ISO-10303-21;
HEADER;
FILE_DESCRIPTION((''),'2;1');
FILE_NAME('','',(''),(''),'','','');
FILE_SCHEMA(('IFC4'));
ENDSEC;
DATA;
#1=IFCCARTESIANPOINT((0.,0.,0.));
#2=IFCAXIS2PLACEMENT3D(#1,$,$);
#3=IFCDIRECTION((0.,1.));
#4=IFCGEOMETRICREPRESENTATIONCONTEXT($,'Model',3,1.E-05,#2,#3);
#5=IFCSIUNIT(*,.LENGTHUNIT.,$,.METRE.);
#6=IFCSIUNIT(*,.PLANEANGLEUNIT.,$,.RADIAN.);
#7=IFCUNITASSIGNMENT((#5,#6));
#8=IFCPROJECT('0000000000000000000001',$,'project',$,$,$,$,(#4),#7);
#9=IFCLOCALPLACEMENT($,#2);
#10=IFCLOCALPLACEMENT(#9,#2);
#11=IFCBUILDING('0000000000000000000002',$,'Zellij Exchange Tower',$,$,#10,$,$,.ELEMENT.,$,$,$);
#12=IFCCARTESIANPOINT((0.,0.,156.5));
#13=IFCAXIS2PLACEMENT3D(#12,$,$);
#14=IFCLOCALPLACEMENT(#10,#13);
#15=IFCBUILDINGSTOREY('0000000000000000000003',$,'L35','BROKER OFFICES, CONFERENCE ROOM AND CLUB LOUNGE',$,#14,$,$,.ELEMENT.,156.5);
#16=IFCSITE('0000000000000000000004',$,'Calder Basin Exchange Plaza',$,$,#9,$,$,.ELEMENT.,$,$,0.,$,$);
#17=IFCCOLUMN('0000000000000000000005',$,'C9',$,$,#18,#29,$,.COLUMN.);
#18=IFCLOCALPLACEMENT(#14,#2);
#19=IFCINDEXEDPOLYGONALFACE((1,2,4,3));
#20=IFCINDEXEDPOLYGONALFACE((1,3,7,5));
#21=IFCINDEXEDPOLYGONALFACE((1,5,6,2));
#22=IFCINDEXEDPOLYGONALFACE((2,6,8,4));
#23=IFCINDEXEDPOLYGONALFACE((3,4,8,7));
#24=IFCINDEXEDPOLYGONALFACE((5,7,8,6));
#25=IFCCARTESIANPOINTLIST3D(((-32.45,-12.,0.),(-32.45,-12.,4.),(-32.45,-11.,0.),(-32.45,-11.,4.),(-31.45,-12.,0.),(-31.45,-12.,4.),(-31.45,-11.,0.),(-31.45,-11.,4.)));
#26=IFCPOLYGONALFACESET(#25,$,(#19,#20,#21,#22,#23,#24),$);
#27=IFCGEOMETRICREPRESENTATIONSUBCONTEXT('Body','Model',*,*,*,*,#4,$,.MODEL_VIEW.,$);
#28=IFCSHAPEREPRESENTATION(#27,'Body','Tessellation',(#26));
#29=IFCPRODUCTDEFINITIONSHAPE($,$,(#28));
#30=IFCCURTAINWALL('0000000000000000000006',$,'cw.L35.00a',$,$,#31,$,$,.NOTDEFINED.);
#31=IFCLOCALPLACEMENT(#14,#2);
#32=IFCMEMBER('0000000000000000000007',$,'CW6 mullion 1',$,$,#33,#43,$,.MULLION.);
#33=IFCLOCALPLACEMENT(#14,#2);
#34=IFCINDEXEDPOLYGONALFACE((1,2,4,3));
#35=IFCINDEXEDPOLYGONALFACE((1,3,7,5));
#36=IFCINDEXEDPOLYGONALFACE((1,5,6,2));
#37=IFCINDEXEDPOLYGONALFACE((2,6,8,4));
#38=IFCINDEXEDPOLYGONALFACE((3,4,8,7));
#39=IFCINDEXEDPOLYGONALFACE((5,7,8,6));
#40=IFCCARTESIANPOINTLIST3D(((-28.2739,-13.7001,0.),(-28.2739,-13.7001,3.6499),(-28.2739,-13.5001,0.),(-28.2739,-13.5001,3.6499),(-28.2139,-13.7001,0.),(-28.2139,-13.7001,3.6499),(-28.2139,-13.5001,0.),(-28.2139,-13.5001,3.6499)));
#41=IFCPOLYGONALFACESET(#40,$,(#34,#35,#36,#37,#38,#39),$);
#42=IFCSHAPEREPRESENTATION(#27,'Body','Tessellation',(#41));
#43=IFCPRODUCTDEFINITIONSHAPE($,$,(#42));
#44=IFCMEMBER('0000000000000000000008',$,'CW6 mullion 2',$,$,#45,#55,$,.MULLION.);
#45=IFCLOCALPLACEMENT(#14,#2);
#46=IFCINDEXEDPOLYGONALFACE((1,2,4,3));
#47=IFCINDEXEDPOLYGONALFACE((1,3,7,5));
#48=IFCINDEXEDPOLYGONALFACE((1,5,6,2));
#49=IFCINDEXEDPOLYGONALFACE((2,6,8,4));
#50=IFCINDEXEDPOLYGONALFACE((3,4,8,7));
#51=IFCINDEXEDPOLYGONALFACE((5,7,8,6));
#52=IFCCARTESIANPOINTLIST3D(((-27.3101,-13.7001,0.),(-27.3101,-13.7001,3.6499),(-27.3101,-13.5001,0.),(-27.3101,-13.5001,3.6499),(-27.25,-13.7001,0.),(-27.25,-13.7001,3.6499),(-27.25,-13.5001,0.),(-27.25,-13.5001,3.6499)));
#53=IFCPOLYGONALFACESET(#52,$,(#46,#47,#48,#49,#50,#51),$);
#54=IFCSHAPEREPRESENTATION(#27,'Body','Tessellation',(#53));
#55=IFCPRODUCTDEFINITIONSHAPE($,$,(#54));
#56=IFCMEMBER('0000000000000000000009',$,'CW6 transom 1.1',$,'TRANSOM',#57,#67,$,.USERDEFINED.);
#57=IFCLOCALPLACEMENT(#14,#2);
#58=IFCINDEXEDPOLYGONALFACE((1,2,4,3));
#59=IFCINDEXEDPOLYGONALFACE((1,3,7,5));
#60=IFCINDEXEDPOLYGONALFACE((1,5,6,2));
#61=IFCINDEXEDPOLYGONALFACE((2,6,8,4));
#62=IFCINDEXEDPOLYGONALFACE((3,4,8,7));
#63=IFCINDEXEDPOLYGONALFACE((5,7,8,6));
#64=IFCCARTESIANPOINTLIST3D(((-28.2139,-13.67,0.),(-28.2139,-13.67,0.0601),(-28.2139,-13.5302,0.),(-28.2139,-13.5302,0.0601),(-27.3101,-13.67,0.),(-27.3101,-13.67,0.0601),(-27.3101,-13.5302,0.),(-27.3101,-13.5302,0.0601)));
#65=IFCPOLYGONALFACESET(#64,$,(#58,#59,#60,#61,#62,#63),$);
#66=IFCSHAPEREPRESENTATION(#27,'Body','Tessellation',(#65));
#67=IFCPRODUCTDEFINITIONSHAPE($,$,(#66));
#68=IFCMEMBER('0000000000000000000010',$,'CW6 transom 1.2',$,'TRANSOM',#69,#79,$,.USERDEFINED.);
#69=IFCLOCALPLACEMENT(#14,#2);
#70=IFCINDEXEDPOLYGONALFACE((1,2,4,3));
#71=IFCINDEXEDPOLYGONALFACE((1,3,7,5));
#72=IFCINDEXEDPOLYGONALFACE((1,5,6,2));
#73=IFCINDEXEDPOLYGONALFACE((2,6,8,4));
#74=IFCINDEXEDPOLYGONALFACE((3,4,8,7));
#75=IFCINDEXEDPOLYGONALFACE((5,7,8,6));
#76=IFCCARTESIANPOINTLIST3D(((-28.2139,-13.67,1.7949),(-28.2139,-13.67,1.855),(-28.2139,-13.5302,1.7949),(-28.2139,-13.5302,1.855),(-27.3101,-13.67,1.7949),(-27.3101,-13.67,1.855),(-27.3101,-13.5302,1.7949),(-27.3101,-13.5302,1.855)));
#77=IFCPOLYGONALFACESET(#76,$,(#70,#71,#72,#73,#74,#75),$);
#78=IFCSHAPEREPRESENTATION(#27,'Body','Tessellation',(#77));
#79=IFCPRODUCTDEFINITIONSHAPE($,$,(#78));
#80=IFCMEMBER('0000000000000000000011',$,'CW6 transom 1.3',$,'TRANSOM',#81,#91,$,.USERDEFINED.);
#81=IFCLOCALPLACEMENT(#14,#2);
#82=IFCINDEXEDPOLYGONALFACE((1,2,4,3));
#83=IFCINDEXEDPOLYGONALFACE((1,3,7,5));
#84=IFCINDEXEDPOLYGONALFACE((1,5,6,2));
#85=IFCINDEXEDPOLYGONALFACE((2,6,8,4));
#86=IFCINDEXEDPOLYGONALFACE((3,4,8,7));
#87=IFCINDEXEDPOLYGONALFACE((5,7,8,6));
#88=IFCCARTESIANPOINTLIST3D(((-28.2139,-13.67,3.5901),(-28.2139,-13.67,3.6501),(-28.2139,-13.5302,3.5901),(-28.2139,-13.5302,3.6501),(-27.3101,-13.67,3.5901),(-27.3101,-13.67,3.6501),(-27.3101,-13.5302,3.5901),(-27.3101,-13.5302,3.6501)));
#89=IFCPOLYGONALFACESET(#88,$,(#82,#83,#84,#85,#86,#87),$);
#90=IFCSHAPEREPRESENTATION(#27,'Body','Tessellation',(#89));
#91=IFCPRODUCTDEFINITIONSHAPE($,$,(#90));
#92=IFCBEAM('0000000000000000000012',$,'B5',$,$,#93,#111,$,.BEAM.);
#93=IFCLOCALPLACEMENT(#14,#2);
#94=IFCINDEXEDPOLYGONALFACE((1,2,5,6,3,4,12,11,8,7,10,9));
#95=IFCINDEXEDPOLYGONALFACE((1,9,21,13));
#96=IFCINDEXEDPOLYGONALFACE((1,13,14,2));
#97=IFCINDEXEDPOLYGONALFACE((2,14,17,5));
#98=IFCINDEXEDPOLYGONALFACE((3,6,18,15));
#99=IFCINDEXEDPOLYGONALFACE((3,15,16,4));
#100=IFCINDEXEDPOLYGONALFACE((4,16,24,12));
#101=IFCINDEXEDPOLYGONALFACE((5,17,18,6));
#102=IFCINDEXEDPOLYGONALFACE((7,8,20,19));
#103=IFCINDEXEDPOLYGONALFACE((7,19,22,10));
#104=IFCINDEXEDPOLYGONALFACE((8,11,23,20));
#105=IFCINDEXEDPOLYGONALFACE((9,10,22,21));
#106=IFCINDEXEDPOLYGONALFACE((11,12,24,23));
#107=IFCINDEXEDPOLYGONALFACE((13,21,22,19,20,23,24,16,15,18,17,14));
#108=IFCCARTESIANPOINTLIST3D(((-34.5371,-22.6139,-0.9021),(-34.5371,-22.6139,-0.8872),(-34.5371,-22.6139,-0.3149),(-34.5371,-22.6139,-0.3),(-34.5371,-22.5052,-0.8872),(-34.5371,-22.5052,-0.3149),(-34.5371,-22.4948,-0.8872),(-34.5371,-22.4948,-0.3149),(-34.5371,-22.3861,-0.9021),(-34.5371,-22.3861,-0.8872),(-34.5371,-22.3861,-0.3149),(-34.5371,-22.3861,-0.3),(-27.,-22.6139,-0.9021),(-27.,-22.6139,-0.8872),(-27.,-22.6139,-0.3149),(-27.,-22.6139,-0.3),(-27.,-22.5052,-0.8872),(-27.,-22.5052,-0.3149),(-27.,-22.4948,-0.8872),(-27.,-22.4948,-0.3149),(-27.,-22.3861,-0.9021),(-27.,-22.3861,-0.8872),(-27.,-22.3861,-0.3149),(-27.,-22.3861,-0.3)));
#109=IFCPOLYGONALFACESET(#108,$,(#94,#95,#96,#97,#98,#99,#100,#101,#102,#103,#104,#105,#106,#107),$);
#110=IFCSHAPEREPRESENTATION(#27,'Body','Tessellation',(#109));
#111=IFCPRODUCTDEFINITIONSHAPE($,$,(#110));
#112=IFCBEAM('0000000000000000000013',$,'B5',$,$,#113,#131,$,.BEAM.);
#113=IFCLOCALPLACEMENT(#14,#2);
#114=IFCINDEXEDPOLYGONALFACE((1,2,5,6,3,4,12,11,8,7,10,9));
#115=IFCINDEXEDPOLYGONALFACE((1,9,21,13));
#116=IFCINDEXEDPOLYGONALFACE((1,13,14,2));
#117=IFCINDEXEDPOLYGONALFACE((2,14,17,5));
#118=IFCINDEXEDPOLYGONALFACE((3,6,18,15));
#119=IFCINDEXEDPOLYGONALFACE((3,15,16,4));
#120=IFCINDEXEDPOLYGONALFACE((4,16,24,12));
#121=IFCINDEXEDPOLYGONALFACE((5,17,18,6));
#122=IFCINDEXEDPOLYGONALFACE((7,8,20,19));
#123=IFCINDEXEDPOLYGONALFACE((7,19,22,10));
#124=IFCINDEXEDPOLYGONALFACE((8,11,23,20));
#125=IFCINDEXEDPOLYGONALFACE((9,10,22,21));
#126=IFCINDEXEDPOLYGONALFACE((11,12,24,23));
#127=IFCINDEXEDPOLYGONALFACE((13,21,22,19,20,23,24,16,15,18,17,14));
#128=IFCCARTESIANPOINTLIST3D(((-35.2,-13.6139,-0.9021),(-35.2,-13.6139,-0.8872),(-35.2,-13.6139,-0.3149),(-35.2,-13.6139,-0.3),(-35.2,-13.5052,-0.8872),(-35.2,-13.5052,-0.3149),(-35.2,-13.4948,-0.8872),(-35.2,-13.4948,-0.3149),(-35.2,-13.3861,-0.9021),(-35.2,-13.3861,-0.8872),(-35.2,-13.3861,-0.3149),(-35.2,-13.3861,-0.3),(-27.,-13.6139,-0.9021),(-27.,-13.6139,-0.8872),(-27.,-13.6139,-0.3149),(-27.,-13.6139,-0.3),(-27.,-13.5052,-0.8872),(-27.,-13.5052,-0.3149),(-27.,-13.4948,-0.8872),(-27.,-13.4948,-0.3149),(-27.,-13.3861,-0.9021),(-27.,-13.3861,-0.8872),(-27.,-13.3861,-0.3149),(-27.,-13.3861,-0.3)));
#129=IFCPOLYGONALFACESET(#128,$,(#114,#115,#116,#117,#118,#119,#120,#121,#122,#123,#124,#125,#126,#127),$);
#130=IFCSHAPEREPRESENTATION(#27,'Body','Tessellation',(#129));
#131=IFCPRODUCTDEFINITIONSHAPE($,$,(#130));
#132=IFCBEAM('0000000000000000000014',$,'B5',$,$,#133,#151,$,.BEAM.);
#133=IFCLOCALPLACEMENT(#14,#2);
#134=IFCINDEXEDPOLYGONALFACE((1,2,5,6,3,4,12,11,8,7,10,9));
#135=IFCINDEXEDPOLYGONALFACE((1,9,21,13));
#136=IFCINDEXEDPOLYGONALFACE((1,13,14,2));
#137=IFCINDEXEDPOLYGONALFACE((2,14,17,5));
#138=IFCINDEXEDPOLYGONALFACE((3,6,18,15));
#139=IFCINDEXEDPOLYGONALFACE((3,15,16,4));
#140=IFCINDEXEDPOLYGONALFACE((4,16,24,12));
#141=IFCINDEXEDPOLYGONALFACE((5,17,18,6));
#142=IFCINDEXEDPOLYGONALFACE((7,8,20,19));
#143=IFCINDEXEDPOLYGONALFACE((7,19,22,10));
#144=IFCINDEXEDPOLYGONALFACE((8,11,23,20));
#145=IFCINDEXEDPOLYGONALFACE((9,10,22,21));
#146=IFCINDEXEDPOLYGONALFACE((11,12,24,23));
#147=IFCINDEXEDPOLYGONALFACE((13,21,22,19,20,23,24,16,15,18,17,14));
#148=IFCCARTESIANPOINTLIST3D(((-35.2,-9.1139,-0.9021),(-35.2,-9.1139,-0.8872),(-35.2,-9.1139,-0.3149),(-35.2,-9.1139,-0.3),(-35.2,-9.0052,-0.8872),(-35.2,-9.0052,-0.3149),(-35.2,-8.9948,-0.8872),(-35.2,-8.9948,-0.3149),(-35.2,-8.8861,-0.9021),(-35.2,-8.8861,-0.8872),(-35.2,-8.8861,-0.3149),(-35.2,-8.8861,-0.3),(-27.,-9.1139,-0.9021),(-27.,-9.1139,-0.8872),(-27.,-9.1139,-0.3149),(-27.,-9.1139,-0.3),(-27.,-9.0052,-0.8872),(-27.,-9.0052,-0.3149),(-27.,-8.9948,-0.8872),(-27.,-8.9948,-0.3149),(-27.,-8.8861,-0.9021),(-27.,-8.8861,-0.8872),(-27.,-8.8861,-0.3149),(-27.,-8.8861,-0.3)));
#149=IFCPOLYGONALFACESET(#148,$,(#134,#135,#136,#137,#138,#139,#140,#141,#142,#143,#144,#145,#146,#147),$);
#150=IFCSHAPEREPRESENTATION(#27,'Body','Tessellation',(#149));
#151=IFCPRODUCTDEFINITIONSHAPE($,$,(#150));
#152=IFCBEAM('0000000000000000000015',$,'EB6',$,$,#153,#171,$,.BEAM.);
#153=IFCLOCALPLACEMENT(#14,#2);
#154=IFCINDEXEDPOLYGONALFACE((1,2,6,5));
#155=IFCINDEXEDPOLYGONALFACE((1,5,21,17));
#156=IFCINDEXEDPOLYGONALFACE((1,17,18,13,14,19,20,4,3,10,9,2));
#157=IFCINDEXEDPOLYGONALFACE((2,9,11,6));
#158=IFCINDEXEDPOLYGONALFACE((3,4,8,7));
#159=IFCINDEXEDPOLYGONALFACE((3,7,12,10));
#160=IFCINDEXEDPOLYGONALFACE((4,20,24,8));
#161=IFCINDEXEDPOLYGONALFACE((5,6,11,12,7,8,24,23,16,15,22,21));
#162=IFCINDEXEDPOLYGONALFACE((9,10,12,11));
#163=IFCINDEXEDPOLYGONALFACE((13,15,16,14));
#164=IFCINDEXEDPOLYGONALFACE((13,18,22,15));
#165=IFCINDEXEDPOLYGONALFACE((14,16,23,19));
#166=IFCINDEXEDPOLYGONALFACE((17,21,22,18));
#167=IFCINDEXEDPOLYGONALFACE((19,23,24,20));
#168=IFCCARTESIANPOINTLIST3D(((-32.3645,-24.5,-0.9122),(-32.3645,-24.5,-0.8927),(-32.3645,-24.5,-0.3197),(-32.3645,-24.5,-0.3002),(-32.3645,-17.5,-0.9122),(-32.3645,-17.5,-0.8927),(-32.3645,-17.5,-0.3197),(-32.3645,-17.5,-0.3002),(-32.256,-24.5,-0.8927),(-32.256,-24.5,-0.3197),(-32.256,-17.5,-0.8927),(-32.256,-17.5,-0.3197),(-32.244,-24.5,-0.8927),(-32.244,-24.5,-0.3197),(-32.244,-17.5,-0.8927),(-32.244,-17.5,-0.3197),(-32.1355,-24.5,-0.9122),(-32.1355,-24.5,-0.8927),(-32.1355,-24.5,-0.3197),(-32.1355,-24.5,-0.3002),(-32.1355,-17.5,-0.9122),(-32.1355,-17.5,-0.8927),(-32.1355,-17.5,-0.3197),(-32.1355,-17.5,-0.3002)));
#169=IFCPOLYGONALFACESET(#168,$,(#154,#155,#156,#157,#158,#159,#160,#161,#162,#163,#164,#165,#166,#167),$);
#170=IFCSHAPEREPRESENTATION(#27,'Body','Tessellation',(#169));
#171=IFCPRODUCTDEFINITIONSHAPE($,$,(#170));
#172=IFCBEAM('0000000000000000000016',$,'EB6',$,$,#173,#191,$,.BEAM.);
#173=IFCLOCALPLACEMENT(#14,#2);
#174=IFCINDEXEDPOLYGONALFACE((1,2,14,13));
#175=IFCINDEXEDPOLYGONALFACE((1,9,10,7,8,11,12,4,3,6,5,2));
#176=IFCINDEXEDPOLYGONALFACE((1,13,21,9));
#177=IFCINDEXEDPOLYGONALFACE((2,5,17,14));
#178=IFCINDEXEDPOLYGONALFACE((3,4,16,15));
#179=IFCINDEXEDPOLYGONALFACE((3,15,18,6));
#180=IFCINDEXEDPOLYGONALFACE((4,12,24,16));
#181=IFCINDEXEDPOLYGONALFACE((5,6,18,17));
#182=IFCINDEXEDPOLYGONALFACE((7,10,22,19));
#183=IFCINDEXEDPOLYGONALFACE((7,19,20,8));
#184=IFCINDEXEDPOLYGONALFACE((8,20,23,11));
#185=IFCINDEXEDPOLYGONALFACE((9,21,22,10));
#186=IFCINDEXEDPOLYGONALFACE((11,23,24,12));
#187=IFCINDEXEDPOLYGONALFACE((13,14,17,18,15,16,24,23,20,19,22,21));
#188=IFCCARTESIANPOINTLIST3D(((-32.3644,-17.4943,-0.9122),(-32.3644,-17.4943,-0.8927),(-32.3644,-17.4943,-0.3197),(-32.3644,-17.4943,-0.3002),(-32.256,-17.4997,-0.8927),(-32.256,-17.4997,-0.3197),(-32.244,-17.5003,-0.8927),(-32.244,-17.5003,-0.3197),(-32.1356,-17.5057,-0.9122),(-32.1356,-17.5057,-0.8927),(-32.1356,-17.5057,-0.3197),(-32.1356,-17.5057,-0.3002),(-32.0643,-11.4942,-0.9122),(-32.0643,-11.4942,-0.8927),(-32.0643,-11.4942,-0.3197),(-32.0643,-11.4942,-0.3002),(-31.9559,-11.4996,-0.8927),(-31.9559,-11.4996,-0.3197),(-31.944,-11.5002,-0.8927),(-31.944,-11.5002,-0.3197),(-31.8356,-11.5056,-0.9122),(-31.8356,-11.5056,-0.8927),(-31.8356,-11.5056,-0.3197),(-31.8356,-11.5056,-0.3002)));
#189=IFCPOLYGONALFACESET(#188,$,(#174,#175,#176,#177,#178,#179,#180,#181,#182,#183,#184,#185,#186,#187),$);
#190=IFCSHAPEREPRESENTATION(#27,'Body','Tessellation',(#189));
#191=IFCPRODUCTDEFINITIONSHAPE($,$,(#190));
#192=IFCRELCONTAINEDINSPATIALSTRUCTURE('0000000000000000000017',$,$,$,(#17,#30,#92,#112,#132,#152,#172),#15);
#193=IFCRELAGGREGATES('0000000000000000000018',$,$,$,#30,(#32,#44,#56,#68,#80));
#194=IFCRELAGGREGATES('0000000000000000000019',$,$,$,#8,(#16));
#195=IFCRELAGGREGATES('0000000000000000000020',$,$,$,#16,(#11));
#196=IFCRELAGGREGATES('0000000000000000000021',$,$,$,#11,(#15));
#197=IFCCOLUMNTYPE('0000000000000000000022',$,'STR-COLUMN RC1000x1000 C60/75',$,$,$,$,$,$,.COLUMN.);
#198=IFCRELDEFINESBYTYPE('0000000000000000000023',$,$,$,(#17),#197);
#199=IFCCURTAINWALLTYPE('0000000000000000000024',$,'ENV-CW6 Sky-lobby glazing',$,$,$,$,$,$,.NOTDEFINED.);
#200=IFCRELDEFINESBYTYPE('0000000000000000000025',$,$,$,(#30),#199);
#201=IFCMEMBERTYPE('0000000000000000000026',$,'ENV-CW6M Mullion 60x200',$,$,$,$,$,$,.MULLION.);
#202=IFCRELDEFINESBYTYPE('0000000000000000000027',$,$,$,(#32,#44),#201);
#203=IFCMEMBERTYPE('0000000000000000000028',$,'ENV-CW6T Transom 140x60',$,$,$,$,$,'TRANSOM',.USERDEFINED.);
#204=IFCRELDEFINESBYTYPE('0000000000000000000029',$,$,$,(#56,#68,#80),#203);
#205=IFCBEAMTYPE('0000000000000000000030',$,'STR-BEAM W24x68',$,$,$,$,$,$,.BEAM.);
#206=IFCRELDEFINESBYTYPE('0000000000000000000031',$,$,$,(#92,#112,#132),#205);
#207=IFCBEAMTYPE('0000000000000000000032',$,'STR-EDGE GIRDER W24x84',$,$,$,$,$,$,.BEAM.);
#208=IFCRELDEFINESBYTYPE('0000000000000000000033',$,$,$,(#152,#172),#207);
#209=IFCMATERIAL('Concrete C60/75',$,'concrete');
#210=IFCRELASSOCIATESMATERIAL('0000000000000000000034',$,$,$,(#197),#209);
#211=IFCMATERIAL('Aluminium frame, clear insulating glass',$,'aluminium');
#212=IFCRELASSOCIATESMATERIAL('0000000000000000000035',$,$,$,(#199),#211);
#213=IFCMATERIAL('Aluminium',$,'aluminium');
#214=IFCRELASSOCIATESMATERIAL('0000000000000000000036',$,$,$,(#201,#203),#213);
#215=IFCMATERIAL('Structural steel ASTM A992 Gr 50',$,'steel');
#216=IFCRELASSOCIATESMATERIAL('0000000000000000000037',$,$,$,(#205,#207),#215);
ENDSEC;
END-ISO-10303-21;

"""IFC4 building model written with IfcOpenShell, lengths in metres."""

from ifc_helpers import new_model, si_unit, direction, frame, origin, origin_2d, place, context, subcontext, project, spatial, rectangle, i_section, extrude, material, material_profile, profile_set, type_object, element, aggregate, save


model = new_model("IFC4")

# Units and contexts
model_context = context("Model", 3, precision=1e-05, world=origin(), true_north=direction((0.0, 1.0)))
body_context = subcontext(model_context, "Body", "Model", "MODEL_VIEW")
ifc_project = project(units=[si_unit("LENGTHUNIT", "METRE"), si_unit("PLANEANGLEUNIT", "RADIAN")], contexts=[model_context])

# Site, building, storey
site_placement = place(None, origin())
site = spatial("IfcSite", under=ifc_project, at=site_placement, Name="Calder Basin Exchange Plaza", CompositionType="ELEMENT", RefElevation=0.0)
building_placement = place(site_placement, origin())
building = spatial("IfcBuilding", under=site, at=building_placement, Name="Zellij Exchange Tower", CompositionType="ELEMENT")
storey_placement = place(building_placement, frame((0.0, 0.0, 156.5)))
storey = spatial("IfcBuildingStorey", under=building, at=storey_placement, Name="L35", Description="BROKER OFFICES, CONFERENCE ROOM AND CLUB LOUNGE", CompositionType="ELEMENT", Elevation=156.5)

# Column
ifc_material_1 = material(Name="Concrete C60/75", Category="concrete")
ifc_material_profile_1 = material_profile(ifc_material_1, rectangle(XDim=1.0, YDim=1.0, at=origin_2d()), Name="STR-COLUMN RC1000x1000 C60/75")
ifc_profile_set_1 = profile_set([ifc_material_profile_1], Name="Concrete C60/75")
column_type = type_object("IfcColumnType", Name="STR-COLUMN RC1000x1000 C60/75", PredefinedType="COLUMN", material=ifc_profile_set_1)
column_placement = place(storey_placement, frame((-31.95, -11.5, 0.0), z_axis=(0.0, 0.0, 1.0), x_axis=(1.0, 0.0, 0.0)))
element("IfcColumn", 1, at=column_placement, inside=storey, type_object=column_type, Name="C9", PredefinedType="COLUMN", context=body_context, shape_type="SweptSolid", body=[
    extrude(rectangle(XDim=1.0, YDim=1.0, at=origin_2d()), origin(), (0.0, 0.0, 1.0), 4.0),
])

# Curtain wall, members
ifc_material_2 = material(Name="Aluminium frame, clear insulating glass", Category="aluminium")
curtain_wall_type = type_object("IfcCurtainWallType", Name="ENV-CW6 Sky-lobby glazing", PredefinedType="NOTDEFINED", material=ifc_material_2)
curtain_wall_placement = place(storey_placement, origin())
curtain_wall = element("IfcCurtainWall", 2, at=curtain_wall_placement, inside=storey, type_object=curtain_wall_type, Name="cw.L35.00a", PredefinedType="NOTDEFINED")
ifc_material_3 = material(Name="Aluminium", Category="aluminium")
ifc_material_profile_2 = material_profile(ifc_material_3, rectangle(XDim=0.0601, YDim=0.2, at=origin_2d()), Name="AL 60x200")
ifc_profile_set_2 = profile_set([ifc_material_profile_2], Name="Aluminium")
member_type_1 = type_object("IfcMemberType", Name="ENV-CW6M Mullion 60x200", PredefinedType="MULLION", material=ifc_profile_set_2)
member_1_placement = place(storey_placement, frame((-28.2439, -13.6001, 0.0), z_axis=(0.0, 0.0, 1.0), x_axis=(1.0, 0.0, 0.0)))
member_1 = element("IfcMember", 3, at=member_1_placement, type_object=member_type_1, Name="CW6 mullion 1", PredefinedType="MULLION", context=body_context, shape_type="SweptSolid", body=[
    extrude(rectangle(XDim=0.0601, YDim=0.2, at=origin_2d()), origin(), (0.0, 0.0, 1.0), 3.6499),
])
member_2_placement = place(storey_placement, frame((-27.28, -13.6001, 0.0), z_axis=(0.0, 0.0, 1.0), x_axis=(1.0, 0.0, 0.0)))
member_2 = element("IfcMember", 4, at=member_2_placement, type_object=member_type_1, Name="CW6 mullion 2", PredefinedType="MULLION", context=body_context, shape_type="SweptSolid", body=[
    extrude(rectangle(XDim=0.0601, YDim=0.2, at=origin_2d()), origin(), (0.0, 0.0, 1.0), 3.6499),
])
ifc_material_profile_3 = material_profile(ifc_material_3, rectangle(XDim=0.1399, YDim=0.0601, at=origin_2d()), Name="AL 140x60")
ifc_profile_set_3 = profile_set([ifc_material_profile_3], Name="Aluminium")
member_type_2 = type_object("IfcMemberType", Name="ENV-CW6T Transom 140x60", ElementType="TRANSOM", PredefinedType="USERDEFINED", material=ifc_profile_set_3)
member_3_placement = place(storey_placement, frame((-28.2139, -13.6001, 0.03), z_axis=(1.0, 0.0, 0.0), x_axis=(0.0, 1.0, 0.0)))
member_3 = element("IfcMember", 5, at=member_3_placement, type_object=member_type_2, Name="CW6 transom 1.1", ObjectType="TRANSOM", PredefinedType="USERDEFINED", context=body_context, shape_type="SweptSolid", body=[
    extrude(rectangle(XDim=0.1399, YDim=0.0601, at=origin_2d()), origin(), (0.0, 0.0, 1.0), 0.9038),
])
member_4_placement = place(storey_placement, frame((-28.2139, -13.6001, 1.825), z_axis=(1.0, 0.0, 0.0), x_axis=(0.0, 1.0, 0.0)))
member_4 = element("IfcMember", 6, at=member_4_placement, type_object=member_type_2, Name="CW6 transom 1.2", ObjectType="TRANSOM", PredefinedType="USERDEFINED", context=body_context, shape_type="SweptSolid", body=[
    extrude(rectangle(XDim=0.1399, YDim=0.0601, at=origin_2d()), origin(), (0.0, 0.0, 1.0), 0.9038),
])
member_5_placement = place(storey_placement, frame((-28.2139, -13.6001, 3.6201), z_axis=(1.0, 0.0, 0.0), x_axis=(0.0, 1.0, 0.0)))
member_5 = element("IfcMember", 7, at=member_5_placement, type_object=member_type_2, Name="CW6 transom 1.3", ObjectType="TRANSOM", PredefinedType="USERDEFINED", context=body_context, shape_type="SweptSolid", body=[
    extrude(rectangle(XDim=0.1399, YDim=0.0601, at=origin_2d()), origin(), (0.0, 0.0, 1.0), 0.9038),
])

# Beams
ifc_material_4 = material(Name="Structural steel ASTM A992 Gr 50", Category="steel")
ifc_material_profile_4 = material_profile(ifc_material_4, i_section(OverallWidth=0.2278, OverallDepth=0.6021, WebThickness=0.0105, FlangeThickness=0.0149, at=origin_2d()), Name="W24x68")
ifc_profile_set_4 = profile_set([ifc_material_profile_4], Name="Structural steel ASTM A992 Gr 50")
beam_type_1 = type_object("IfcBeamType", Name="STR-BEAM W24x68", PredefinedType="BEAM", material=ifc_profile_set_4)
beam_1_placement = place(storey_placement, frame((-34.5371, -22.5, -0.6011), z_axis=(1.0, 0.0, 0.0), x_axis=(0.0, 1.0, 0.0)))
element("IfcBeam", 8, at=beam_1_placement, inside=storey, type_object=beam_type_1, Name="B5", PredefinedType="BEAM", context=body_context, shape_type="SweptSolid", body=[
    extrude(i_section(OverallWidth=0.2278, OverallDepth=0.6021, WebThickness=0.0105, FlangeThickness=0.0149, at=origin_2d()), origin(), (0.0, 0.0, 1.0), 7.5371),
])
for number, where, z_axis, x_axis, name in (
    (9, (-35.2, -13.5, -0.6011), (1.0, 0.0, 0.0), (0.0, 1.0, 0.0), "B5"),
    (10, (-35.2, -9.0, -0.6011), (1.0, 0.0, 0.0), (0.0, 1.0, 0.0), "B5"),
):
    element("IfcBeam", number, at=place(storey_placement, frame(where, z_axis=z_axis, x_axis=x_axis)), inside=storey, type_object=beam_type_1, Name=name, PredefinedType="BEAM", context=body_context, shape_type="SweptSolid", body=[
        extrude(i_section(OverallWidth=0.2278, OverallDepth=0.6021, WebThickness=0.0105, FlangeThickness=0.0149, at=origin_2d()), origin(), (0.0, 0.0, 1.0), 8.2),
    ])
ifc_material_profile_5 = material_profile(ifc_material_4, i_section(OverallWidth=0.229, OverallDepth=0.6121, WebThickness=0.012, FlangeThickness=0.0195, at=origin_2d()), Name="W24x84")
ifc_profile_set_5 = profile_set([ifc_material_profile_5], Name="Structural steel ASTM A992 Gr 50")
beam_type_2 = type_object("IfcBeamType", Name="STR-EDGE GIRDER W24x84", PredefinedType="BEAM", material=ifc_profile_set_5)
beam_2_placement = place(storey_placement, frame((-32.25, -24.5, -0.6062), z_axis=(0.0, 1.0, 0.0), x_axis=(-1.0, 0.0, 0.0)))
element("IfcBeam", 11, at=beam_2_placement, inside=storey, type_object=beam_type_2, Name="EB6", PredefinedType="BEAM", context=body_context, shape_type="SweptSolid", body=[
    extrude(i_section(OverallWidth=0.229, OverallDepth=0.6121, WebThickness=0.012, FlangeThickness=0.0195, at=origin_2d()), origin(), (0.0, 0.0, 1.0), 7.0),
])
beam_3_placement = place(storey_placement, frame((-32.25, -17.5, -0.6062), z_axis=(0.049946, 0.998752, 0.0), x_axis=(-0.998752, 0.049946, 0.0)))
element("IfcBeam", 12, at=beam_3_placement, inside=storey, type_object=beam_type_2, Name="EB6", PredefinedType="BEAM", context=body_context, shape_type="SweptSolid", body=[
    extrude(i_section(OverallWidth=0.229, OverallDepth=0.6121, WebThickness=0.012, FlangeThickness=0.0195, at=origin_2d()), origin(), (0.0, 0.0, 1.0), 6.0076),
])

aggregate(curtain_wall, [member_1, member_2, member_3, member_4, member_5])

save(model, "model.ifc")
